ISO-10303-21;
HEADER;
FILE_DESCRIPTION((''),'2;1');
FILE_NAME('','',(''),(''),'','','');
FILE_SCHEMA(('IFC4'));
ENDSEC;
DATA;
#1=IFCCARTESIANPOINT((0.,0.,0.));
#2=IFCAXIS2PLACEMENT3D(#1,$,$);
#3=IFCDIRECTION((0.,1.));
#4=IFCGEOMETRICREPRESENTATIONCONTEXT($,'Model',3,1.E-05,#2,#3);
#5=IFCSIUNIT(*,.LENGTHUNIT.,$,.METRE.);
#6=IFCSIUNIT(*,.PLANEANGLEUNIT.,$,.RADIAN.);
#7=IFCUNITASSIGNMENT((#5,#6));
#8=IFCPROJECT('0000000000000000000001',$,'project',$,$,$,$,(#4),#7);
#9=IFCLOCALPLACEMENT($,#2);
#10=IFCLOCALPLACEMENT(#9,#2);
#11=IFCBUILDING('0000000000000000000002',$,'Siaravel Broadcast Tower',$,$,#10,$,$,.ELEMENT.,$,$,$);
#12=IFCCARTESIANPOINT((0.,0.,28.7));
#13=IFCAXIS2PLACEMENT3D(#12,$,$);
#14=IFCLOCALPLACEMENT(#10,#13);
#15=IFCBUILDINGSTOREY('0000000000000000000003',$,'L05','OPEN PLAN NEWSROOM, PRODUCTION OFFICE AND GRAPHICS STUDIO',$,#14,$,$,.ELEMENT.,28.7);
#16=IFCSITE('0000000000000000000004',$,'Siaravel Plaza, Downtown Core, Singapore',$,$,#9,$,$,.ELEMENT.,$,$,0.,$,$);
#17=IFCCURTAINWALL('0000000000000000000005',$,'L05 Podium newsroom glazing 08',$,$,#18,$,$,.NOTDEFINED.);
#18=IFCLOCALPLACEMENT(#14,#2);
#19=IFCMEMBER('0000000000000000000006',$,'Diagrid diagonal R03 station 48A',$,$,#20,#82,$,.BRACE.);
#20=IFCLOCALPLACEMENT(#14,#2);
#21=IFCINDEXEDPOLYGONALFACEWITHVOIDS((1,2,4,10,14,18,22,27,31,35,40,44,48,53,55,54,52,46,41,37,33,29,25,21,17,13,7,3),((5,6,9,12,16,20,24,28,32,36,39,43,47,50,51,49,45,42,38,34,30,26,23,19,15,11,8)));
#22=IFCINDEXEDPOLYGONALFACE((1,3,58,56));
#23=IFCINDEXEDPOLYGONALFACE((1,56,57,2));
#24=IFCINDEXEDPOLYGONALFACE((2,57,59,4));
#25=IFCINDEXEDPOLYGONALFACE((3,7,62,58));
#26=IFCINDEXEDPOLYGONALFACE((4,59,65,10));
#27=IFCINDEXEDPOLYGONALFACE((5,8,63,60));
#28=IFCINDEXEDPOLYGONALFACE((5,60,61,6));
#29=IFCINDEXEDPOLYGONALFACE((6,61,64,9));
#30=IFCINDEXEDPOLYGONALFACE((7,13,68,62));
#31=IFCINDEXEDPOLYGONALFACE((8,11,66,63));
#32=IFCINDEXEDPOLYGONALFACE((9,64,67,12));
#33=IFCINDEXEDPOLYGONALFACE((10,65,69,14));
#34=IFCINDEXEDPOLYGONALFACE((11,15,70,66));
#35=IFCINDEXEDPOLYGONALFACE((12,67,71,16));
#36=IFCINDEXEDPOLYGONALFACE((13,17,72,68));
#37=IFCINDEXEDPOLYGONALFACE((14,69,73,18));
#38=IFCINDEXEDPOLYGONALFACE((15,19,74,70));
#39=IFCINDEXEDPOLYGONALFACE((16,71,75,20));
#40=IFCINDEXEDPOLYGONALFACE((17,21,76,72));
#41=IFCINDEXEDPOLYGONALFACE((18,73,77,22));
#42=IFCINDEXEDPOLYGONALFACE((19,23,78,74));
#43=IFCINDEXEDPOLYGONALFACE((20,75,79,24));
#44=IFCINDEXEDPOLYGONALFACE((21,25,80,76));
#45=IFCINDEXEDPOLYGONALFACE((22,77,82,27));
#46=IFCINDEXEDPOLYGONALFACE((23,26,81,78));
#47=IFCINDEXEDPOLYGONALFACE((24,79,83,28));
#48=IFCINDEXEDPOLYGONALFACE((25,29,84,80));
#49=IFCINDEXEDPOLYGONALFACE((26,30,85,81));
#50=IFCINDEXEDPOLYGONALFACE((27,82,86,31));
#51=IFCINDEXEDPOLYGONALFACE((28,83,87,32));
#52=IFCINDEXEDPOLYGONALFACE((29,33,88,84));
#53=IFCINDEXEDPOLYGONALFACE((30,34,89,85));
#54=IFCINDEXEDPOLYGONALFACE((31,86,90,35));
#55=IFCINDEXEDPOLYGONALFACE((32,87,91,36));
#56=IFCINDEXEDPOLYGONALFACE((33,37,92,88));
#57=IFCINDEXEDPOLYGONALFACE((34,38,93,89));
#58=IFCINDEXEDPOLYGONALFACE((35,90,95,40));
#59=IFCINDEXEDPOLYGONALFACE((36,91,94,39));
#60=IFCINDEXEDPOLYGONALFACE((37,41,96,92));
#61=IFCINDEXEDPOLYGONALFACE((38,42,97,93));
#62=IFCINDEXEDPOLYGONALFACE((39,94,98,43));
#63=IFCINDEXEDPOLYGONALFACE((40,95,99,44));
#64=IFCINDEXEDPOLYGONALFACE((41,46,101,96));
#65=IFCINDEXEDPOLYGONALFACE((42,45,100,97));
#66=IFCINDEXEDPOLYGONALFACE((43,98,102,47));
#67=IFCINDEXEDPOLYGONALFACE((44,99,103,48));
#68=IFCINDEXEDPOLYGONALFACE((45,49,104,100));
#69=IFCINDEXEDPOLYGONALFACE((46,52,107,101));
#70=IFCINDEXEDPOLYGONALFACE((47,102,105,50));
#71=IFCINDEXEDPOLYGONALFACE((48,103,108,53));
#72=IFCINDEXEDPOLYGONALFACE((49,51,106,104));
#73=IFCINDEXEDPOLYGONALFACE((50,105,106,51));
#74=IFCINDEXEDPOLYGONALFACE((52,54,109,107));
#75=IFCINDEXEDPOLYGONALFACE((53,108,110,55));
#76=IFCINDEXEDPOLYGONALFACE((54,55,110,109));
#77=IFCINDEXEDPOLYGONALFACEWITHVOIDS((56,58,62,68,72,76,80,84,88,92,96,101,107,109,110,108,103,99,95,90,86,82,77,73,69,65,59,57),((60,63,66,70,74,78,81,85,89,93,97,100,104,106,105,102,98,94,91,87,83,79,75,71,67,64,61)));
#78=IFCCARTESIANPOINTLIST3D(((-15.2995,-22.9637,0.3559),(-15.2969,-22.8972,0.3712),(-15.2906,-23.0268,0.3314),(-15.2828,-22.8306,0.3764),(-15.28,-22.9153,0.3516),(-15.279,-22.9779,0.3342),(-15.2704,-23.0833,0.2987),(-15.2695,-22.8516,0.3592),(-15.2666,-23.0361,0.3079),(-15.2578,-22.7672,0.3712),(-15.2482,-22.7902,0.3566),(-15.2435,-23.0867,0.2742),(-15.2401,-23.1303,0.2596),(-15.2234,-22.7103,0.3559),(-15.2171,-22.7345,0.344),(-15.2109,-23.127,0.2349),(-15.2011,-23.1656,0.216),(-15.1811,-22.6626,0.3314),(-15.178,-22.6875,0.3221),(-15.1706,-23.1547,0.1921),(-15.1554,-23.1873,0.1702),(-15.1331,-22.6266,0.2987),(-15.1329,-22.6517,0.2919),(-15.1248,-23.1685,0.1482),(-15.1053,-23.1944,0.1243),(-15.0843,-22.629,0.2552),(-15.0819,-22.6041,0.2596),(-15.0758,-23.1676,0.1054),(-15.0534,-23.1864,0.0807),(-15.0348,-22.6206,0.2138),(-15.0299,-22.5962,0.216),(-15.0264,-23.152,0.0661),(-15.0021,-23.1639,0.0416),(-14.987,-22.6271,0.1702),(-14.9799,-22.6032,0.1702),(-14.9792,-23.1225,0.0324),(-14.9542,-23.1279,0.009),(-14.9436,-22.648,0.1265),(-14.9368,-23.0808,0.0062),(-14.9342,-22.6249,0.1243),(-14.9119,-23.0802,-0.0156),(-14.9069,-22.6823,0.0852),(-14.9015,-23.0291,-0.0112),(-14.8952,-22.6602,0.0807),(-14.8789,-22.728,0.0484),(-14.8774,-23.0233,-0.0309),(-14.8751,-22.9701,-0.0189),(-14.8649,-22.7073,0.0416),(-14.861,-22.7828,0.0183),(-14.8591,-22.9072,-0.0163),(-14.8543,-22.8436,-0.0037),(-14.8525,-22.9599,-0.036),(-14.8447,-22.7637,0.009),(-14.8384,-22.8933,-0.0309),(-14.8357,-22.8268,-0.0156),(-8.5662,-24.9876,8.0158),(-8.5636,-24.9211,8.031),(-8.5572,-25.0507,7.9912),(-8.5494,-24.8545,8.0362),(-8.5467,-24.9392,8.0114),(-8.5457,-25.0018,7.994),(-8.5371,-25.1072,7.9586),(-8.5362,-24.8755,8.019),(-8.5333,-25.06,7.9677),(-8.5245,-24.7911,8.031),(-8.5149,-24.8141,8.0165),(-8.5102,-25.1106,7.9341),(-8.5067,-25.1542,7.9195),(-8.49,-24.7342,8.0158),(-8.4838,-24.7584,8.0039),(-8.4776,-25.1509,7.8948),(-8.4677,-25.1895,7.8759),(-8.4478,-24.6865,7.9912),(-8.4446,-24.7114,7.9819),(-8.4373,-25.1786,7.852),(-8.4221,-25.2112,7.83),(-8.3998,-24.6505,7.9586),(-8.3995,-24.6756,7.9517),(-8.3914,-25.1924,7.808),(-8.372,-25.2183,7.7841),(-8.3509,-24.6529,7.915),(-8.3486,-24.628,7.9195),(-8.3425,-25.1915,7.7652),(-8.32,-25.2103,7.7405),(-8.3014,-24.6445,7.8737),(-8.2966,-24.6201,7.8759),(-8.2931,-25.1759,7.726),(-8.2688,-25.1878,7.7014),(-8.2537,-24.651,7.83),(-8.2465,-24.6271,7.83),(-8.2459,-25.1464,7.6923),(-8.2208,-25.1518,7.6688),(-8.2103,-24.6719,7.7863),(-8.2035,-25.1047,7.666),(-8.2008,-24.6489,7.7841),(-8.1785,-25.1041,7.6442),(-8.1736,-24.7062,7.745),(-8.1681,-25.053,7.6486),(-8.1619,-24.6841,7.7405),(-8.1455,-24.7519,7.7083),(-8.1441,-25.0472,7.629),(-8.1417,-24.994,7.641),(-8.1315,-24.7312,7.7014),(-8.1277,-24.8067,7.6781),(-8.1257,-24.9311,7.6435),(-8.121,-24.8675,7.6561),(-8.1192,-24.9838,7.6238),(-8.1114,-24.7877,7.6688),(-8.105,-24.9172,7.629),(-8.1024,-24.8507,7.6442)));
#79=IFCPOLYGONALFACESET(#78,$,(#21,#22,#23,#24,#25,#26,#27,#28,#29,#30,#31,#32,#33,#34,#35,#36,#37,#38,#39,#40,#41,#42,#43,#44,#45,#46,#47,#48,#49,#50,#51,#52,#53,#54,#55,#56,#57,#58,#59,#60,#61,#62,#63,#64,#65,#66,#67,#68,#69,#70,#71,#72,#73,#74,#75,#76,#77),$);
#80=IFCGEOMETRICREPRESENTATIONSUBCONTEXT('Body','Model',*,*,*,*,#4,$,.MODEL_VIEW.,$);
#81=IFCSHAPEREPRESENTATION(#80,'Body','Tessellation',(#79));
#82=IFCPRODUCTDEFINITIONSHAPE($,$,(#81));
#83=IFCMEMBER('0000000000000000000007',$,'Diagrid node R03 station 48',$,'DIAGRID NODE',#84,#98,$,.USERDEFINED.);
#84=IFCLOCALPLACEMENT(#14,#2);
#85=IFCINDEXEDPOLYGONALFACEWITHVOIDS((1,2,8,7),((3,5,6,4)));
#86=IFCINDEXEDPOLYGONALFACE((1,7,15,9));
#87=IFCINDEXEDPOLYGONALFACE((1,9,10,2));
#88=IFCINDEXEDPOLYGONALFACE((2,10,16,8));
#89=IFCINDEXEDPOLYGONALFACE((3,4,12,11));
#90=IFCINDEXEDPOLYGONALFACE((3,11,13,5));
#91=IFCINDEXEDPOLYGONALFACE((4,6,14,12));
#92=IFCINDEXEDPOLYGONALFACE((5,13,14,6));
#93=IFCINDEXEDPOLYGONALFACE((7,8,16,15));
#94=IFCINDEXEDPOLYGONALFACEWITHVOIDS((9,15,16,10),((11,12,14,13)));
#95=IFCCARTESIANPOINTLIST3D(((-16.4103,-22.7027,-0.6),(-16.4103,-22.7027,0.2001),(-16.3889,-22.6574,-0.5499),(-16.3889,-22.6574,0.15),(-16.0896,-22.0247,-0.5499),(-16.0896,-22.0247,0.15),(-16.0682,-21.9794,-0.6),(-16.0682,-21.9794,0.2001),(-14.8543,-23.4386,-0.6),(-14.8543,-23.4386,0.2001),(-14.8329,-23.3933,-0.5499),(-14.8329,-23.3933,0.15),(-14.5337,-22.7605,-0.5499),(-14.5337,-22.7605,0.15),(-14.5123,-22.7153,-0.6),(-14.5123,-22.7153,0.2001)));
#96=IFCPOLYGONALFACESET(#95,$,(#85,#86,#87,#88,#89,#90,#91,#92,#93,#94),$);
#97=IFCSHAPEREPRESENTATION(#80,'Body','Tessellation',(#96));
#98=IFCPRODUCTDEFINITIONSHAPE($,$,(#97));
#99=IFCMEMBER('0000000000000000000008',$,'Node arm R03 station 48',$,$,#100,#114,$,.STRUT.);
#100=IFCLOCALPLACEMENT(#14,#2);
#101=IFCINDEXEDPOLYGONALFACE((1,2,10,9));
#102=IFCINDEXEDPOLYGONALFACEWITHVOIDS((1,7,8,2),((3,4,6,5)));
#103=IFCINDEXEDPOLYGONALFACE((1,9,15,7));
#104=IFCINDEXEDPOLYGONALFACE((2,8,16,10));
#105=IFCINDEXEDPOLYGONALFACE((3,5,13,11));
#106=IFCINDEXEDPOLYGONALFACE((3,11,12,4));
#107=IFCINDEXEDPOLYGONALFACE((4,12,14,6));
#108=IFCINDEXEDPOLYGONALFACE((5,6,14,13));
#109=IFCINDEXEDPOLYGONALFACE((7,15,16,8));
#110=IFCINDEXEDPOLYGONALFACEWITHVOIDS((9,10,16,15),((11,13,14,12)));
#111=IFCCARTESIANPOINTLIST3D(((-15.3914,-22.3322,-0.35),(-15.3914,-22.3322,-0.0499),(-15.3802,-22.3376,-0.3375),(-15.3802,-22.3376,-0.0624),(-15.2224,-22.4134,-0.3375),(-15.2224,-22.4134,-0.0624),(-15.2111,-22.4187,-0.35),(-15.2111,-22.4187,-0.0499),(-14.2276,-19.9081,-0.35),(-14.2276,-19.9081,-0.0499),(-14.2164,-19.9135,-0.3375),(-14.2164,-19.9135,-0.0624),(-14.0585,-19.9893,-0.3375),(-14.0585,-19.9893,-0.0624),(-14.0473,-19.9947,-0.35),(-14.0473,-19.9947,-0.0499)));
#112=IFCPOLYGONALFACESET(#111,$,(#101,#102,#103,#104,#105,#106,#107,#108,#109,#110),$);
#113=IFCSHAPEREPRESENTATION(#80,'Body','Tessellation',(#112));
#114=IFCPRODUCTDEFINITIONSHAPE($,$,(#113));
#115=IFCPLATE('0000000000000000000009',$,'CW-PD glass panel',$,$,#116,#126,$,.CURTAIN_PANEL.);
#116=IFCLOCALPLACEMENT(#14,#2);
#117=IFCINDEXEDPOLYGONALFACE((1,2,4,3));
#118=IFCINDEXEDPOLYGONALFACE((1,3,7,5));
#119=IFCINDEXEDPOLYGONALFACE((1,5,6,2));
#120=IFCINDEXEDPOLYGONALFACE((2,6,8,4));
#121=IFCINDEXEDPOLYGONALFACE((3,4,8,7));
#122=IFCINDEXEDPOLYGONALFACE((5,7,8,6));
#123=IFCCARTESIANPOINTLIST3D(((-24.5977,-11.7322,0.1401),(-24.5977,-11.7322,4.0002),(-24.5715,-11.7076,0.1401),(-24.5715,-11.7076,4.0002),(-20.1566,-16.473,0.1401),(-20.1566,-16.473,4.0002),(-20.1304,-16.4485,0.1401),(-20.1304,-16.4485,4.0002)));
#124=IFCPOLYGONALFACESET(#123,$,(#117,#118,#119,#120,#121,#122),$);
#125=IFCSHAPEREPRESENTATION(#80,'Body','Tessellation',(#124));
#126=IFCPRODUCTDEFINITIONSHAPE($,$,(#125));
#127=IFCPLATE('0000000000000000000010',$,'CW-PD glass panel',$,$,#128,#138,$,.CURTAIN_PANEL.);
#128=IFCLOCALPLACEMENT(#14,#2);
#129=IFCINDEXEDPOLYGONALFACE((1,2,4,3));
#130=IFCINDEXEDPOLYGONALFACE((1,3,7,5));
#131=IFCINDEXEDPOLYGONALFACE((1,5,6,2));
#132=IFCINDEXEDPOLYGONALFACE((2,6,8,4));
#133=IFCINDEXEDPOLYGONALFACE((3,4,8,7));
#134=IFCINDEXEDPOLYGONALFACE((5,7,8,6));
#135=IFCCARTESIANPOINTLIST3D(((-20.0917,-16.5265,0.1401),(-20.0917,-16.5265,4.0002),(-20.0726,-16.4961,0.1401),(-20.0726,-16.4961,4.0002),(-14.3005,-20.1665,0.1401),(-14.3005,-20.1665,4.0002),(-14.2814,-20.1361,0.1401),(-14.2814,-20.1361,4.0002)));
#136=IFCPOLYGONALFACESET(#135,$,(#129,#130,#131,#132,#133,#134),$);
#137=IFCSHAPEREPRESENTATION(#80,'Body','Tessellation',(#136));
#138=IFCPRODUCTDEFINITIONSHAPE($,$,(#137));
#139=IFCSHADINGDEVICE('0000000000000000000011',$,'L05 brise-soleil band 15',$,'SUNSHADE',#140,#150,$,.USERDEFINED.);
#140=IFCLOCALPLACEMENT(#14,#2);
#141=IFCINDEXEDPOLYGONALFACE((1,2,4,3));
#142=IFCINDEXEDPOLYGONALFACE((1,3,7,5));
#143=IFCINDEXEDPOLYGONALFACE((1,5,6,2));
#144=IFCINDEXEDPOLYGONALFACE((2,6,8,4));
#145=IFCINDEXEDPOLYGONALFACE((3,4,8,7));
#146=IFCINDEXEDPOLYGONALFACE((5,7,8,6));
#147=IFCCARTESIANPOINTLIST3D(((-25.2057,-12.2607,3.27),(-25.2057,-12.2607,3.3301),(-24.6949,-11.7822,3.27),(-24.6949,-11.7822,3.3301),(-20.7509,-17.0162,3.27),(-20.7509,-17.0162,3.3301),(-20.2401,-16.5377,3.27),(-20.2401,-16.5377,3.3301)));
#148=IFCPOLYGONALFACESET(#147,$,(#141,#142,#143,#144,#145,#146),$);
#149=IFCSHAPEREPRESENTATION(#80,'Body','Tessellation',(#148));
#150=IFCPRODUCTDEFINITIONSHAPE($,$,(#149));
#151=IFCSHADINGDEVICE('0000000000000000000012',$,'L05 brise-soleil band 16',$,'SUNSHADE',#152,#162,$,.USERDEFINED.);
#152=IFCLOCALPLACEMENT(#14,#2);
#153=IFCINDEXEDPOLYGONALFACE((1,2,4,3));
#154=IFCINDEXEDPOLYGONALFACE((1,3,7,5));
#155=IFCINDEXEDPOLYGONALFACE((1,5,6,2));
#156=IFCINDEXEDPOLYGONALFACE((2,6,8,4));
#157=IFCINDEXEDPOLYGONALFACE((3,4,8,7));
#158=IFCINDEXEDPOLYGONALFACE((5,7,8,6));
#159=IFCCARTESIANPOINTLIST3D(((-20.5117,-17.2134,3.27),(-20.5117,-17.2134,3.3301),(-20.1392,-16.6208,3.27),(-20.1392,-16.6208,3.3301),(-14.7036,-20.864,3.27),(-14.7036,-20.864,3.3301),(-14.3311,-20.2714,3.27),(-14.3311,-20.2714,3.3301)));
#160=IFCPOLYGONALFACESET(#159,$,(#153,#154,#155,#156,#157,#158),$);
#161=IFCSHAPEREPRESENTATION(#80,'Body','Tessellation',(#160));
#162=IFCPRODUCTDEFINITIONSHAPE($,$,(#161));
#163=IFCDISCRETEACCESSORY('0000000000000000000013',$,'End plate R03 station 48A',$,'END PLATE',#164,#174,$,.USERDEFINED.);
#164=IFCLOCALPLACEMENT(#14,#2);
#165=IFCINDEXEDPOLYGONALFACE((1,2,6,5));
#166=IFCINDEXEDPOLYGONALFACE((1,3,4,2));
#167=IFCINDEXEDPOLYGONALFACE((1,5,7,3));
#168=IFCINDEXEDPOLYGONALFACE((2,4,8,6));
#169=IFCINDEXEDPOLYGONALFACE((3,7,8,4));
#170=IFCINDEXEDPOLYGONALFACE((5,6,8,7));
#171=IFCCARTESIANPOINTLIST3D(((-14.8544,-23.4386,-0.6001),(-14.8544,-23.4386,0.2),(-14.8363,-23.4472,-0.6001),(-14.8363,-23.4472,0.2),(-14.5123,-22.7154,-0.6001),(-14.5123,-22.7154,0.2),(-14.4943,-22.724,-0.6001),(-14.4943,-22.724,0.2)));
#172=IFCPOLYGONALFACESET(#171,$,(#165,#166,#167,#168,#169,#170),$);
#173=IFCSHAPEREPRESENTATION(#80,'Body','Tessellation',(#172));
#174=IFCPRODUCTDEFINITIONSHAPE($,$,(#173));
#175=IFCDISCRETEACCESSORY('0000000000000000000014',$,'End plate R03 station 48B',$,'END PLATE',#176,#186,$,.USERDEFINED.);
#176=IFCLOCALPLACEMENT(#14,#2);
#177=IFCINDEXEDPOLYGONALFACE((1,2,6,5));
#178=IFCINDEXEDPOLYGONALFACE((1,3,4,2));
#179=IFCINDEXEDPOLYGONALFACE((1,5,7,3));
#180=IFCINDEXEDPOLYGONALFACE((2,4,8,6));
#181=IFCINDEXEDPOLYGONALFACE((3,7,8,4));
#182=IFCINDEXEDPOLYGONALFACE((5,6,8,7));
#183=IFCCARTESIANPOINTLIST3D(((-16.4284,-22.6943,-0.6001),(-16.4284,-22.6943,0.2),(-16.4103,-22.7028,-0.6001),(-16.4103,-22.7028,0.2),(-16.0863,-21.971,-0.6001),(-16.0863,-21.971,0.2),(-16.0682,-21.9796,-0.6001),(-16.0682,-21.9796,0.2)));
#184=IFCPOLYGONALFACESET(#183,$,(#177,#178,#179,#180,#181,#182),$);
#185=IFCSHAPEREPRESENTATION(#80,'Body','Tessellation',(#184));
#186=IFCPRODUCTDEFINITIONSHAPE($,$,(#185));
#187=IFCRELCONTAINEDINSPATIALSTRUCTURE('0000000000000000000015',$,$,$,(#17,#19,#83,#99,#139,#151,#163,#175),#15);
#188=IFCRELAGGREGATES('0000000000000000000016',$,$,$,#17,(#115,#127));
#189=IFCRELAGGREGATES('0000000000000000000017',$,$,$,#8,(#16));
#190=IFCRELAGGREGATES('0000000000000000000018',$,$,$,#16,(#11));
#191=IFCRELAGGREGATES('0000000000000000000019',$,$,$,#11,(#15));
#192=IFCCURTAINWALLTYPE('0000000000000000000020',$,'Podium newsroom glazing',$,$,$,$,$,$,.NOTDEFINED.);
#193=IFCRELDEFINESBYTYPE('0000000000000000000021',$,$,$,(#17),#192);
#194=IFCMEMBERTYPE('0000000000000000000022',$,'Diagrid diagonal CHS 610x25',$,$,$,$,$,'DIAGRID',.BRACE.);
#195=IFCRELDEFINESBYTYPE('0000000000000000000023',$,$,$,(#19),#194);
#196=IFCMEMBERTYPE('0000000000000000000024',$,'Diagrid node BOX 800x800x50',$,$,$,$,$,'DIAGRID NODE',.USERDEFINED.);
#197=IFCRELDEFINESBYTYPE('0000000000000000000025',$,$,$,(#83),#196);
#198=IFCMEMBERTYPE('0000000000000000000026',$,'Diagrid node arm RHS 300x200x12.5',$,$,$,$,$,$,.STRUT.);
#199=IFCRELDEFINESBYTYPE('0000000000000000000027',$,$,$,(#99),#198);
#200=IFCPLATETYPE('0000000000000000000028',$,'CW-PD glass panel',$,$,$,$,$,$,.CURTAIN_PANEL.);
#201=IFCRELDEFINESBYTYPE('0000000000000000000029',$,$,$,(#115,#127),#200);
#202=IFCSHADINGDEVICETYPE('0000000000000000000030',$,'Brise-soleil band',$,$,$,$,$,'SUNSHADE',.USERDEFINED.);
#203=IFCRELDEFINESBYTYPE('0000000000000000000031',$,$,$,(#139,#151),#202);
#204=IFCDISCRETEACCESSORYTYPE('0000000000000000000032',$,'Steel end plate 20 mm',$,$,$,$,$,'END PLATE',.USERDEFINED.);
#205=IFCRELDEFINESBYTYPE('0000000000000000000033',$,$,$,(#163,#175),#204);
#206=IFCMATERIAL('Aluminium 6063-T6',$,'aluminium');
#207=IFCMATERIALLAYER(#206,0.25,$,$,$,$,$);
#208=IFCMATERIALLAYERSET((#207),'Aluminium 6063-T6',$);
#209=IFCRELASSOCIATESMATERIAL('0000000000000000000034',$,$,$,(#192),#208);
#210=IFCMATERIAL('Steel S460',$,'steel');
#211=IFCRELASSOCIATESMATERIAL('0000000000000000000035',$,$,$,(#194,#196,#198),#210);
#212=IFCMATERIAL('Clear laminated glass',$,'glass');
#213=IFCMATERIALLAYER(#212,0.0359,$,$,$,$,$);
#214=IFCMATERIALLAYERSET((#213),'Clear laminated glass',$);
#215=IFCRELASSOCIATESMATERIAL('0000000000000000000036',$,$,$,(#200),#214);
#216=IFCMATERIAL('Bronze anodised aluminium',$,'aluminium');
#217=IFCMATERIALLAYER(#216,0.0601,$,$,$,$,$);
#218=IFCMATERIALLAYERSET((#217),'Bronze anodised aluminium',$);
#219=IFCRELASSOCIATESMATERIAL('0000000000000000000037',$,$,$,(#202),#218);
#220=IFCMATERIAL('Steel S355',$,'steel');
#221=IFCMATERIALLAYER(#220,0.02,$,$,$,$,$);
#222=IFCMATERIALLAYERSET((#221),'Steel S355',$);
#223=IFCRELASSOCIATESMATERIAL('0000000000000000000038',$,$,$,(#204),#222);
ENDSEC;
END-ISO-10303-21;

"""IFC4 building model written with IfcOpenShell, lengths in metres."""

from ifc_helpers import new_model, si_unit, direction, frame, origin, origin_2d, place, context, subcontext, project, spatial, rectangle, hollow_rectangle, hollow_circle, extrude, material, layer, layer_set, material_profile, profile_set, type_object, element, aggregate, save


model = new_model("IFC4")

# Units and contexts
model_context = context("Model", 3, precision=1e-05, world=origin(), true_north=direction((0.0, 1.0)))
body_context = subcontext(model_context, "Body", "Model", "MODEL_VIEW")
ifc_project = project(units=[si_unit("LENGTHUNIT", "METRE"), si_unit("PLANEANGLEUNIT", "RADIAN")], contexts=[model_context])

# Site, building, storey
site_placement = place(None, origin())
site = spatial("IfcSite", under=ifc_project, at=site_placement, Name="Siaravel Plaza, Downtown Core, Singapore", CompositionType="ELEMENT", RefElevation=0.0)
building_placement = place(site_placement, origin())
building = spatial("IfcBuilding", under=site, at=building_placement, Name="Siaravel Broadcast Tower", CompositionType="ELEMENT")
storey_placement = place(building_placement, frame((0.0, 0.0, 28.7)))
storey = spatial("IfcBuildingStorey", under=building, at=storey_placement, Name="L05", Description="OPEN PLAN NEWSROOM, PRODUCTION OFFICE AND GRAPHICS STUDIO", CompositionType="ELEMENT", Elevation=28.7)

# Shared definitions
ifc_material_1 = material(Name="Steel S355", Category="steel")

# Curtain wall
ifc_material_2 = material(Name="Aluminium 6063-T6", Category="aluminium")
ifc_layer_1 = layer(ifc_material_2, 0.25)
ifc_layer_set_1 = layer_set([ifc_layer_1], Name="Aluminium 6063-T6")
curtain_wall_type = type_object("IfcCurtainWallType", Name="Podium newsroom glazing", PredefinedType="NOTDEFINED", material=ifc_layer_set_1)
curtain_wall_1_placement = place(storey_placement, origin())
curtain_wall_1 = element("IfcCurtainWall", 1, at=curtain_wall_1_placement, inside=storey, type_object=curtain_wall_type, Name="L05 Podium newsroom glazing 08", PredefinedType="NOTDEFINED")

# Members
ifc_material_3 = material(Name="Steel S460", Category="steel")
ifc_material_profile_1 = material_profile(ifc_material_3, hollow_circle(Radius=0.3049, WallThickness=0.0249, at=origin_2d()))
ifc_profile_set_1 = profile_set([ifc_material_profile_1], Name="Steel S460")
member_type_1 = type_object("IfcMemberType", Name="Diagrid diagonal CHS 610x25", ElementType="DIAGRID", PredefinedType="BRACE", material=ifc_profile_set_1)
member_1_placement = place(storey_placement, frame((-15.0676, -22.8953, 0.1702), z_axis=(0.647594, -0.194654, 0.736703), x_axis=(0.287858, 0.957673, 0.0)))
element("IfcMember", 2, at=member_1_placement, inside=storey, type_object=member_type_1, Name="Diagrid diagonal R03 station 48A", PredefinedType="BRACE", context=body_context, shape_type="SweptSolid", body=[
    extrude(hollow_circle(Radius=0.3049, WallThickness=0.0249, at=origin_2d()), origin(), (0.0, 0.0, 1.0), 10.3975),
])
ifc_material_profile_2 = material_profile(ifc_material_3, hollow_rectangle(XDim=0.8, YDim=0.8, WallThickness=0.05, at=origin_2d()))
ifc_profile_set_2 = profile_set([ifc_material_profile_2], Name="Steel S460")
member_type_2 = type_object("IfcMemberType", Name="Diagrid node BOX 800x800x50", ElementType="DIAGRID NODE", PredefinedType="USERDEFINED", material=ifc_profile_set_2)
member_2_placement = place(storey_placement, frame((-16.2393, -22.3411, -0.2), z_axis=(0.904001, -0.427531, 0.0), x_axis=(0.427531, 0.904001, 0.0)))
element("IfcMember", 3, at=member_2_placement, inside=storey, type_object=member_type_2, Name="Diagrid node R03 station 48", ObjectType="DIAGRID NODE", PredefinedType="USERDEFINED", context=body_context, shape_type="SweptSolid", body=[
    extrude(hollow_rectangle(XDim=0.8, YDim=0.8, WallThickness=0.05, at=origin_2d()), origin(), (0.0, 0.0, 1.0), 1.7212),
])
ifc_material_profile_3 = material_profile(ifc_material_3, hollow_rectangle(XDim=0.2, YDim=0.3, WallThickness=0.0125, at=origin_2d()))
ifc_profile_set_3 = profile_set([ifc_material_profile_3], Name="Steel S460")
member_type_3 = type_object("IfcMemberType", Name="Diagrid node arm RHS 300x200x12.5", PredefinedType="STRUT", material=ifc_profile_set_3)
member_3_placement = place(storey_placement, frame((-14.1375, -19.9514, -0.2), z_axis=(-0.432811, -0.901485, 0.0), x_axis=(0.901485, -0.432811, 0.0)))
element("IfcMember", 4, at=member_3_placement, inside=storey, type_object=member_type_3, Name="Node arm R03 station 48", PredefinedType="STRUT", context=body_context, shape_type="SweptSolid", body=[
    extrude(hollow_rectangle(XDim=0.2, YDim=0.3, WallThickness=0.0125, at=origin_2d()), origin(), (0.0, 0.0, 1.0), 2.689),
])

# Plates
ifc_material_4 = material(Name="Clear laminated glass", Category="glass")
ifc_layer_2 = layer(ifc_material_4, 0.0359)
ifc_layer_set_2 = layer_set([ifc_layer_2], Name="Clear laminated glass")
plate_type = type_object("IfcPlateType", Name="CW-PD glass panel", PredefinedType="CURTAIN_PANEL", material=ifc_layer_set_2)
plate_1_placement = place(storey_placement, frame((-22.364, -14.0903, 0.1401), z_axis=(0.0, 0.0, 1.0), x_axis=(0.683656, -0.729804, 0.0)))
plate_1 = element("IfcPlate", 5, at=plate_1_placement, type_object=plate_type, Name="CW-PD glass panel", PredefinedType="CURTAIN_PANEL", context=body_context, shape_type="SweptSolid", body=[
    extrude(rectangle(XDim=6.4961, YDim=0.0359, at=origin_2d()), origin(), (0.0, 0.0, 1.0), 3.8601),
])
plate_2_placement = place(storey_placement, frame((-17.1865, -18.3313, 0.1401), z_axis=(0.0, 0.0, 1.0), x_axis=(0.846651, -0.532148, 0.0)))
plate_2 = element("IfcPlate", 6, at=plate_2_placement, type_object=plate_type, Name="CW-PD glass panel", PredefinedType="CURTAIN_PANEL", context=body_context, shape_type="SweptSolid", body=[
    extrude(rectangle(XDim=6.8401, YDim=0.0359, at=origin_2d()), origin(), (0.0, 0.0, 1.0), 3.8601),
])
aggregate(curtain_wall_1, [plate_1, plate_2])

# Shading devices
ifc_material_5 = material(Name="Bronze anodised aluminium", Category="aluminium")
ifc_layer_3 = layer(ifc_material_5, 0.0601)
ifc_layer_set_3 = layer_set([ifc_layer_3], Name="Bronze anodised aluminium")
shading_device_type = type_object("IfcShadingDeviceType", Name="Brise-soleil band", ElementType="SUNSHADE", PredefinedType="USERDEFINED", material=ifc_layer_set_3)
shading_device_1_placement = place(storey_placement, frame((-22.7229, -14.3992, 3.27), z_axis=(0.0, 0.0, 1.0), x_axis=(0.683656, -0.729804, 0.0)))
element("IfcShadingDevice", 7, at=shading_device_1_placement, inside=storey, type_object=shading_device_type, Name="L05 brise-soleil band 15", ObjectType="SUNSHADE", PredefinedType="USERDEFINED", context=body_context, shape_type="SweptSolid", body=[
    extrude(rectangle(XDim=6.5161, YDim=0.7, at=origin_2d()), origin(), (0.0, 0.0, 1.0), 0.0601),
])
shading_device_2_placement = place(storey_placement, frame((-17.4214, -18.7424, 3.27), z_axis=(0.0, 0.0, 1.0), x_axis=(0.846651, -0.532148, 0.0)))
element("IfcShadingDevice", 8, at=shading_device_2_placement, inside=storey, type_object=shading_device_type, Name="L05 brise-soleil band 16", ObjectType="SUNSHADE", PredefinedType="USERDEFINED", context=body_context, shape_type="SweptSolid", body=[
    extrude(rectangle(XDim=6.8601, YDim=0.7, at=origin_2d()), origin(), (0.0, 0.0, 1.0), 0.0601),
])

# Discrete accessories
ifc_layer_4 = layer(ifc_material_1, 0.02)
ifc_layer_set_4 = layer_set([ifc_layer_4], Name="Steel S355")
discrete_accessory_type = type_object("IfcDiscreteAccessoryType", Name="Steel end plate 20 mm", ElementType="END PLATE", PredefinedType="USERDEFINED", material=ifc_layer_set_4)
for number, where, z_axis, x_axis, name in (
    (9, (-14.6743, -23.0813, -0.6001), (0.0, 0.0, 1.0), (0.904007, -0.427517, 0.0), "End plate R03 station 48A"),
    (10, (-16.2483, -22.3369, -0.6001), (0.0, 0.0, 1.0), (0.904007, -0.427517, 0.0), "End plate R03 station 48B"),
):
    element("IfcDiscreteAccessory", number, at=place(storey_placement, frame(where, z_axis=z_axis, x_axis=x_axis)), inside=storey, type_object=discrete_accessory_type, Name=name, ObjectType="END PLATE", PredefinedType="USERDEFINED", context=body_context, shape_type="SweptSolid", body=[
        extrude(rectangle(XDim=0.02, YDim=0.8, at=origin_2d()), origin(), (0.0, 0.0, 1.0), 0.8),
    ])

save(model, "model.ifc")
